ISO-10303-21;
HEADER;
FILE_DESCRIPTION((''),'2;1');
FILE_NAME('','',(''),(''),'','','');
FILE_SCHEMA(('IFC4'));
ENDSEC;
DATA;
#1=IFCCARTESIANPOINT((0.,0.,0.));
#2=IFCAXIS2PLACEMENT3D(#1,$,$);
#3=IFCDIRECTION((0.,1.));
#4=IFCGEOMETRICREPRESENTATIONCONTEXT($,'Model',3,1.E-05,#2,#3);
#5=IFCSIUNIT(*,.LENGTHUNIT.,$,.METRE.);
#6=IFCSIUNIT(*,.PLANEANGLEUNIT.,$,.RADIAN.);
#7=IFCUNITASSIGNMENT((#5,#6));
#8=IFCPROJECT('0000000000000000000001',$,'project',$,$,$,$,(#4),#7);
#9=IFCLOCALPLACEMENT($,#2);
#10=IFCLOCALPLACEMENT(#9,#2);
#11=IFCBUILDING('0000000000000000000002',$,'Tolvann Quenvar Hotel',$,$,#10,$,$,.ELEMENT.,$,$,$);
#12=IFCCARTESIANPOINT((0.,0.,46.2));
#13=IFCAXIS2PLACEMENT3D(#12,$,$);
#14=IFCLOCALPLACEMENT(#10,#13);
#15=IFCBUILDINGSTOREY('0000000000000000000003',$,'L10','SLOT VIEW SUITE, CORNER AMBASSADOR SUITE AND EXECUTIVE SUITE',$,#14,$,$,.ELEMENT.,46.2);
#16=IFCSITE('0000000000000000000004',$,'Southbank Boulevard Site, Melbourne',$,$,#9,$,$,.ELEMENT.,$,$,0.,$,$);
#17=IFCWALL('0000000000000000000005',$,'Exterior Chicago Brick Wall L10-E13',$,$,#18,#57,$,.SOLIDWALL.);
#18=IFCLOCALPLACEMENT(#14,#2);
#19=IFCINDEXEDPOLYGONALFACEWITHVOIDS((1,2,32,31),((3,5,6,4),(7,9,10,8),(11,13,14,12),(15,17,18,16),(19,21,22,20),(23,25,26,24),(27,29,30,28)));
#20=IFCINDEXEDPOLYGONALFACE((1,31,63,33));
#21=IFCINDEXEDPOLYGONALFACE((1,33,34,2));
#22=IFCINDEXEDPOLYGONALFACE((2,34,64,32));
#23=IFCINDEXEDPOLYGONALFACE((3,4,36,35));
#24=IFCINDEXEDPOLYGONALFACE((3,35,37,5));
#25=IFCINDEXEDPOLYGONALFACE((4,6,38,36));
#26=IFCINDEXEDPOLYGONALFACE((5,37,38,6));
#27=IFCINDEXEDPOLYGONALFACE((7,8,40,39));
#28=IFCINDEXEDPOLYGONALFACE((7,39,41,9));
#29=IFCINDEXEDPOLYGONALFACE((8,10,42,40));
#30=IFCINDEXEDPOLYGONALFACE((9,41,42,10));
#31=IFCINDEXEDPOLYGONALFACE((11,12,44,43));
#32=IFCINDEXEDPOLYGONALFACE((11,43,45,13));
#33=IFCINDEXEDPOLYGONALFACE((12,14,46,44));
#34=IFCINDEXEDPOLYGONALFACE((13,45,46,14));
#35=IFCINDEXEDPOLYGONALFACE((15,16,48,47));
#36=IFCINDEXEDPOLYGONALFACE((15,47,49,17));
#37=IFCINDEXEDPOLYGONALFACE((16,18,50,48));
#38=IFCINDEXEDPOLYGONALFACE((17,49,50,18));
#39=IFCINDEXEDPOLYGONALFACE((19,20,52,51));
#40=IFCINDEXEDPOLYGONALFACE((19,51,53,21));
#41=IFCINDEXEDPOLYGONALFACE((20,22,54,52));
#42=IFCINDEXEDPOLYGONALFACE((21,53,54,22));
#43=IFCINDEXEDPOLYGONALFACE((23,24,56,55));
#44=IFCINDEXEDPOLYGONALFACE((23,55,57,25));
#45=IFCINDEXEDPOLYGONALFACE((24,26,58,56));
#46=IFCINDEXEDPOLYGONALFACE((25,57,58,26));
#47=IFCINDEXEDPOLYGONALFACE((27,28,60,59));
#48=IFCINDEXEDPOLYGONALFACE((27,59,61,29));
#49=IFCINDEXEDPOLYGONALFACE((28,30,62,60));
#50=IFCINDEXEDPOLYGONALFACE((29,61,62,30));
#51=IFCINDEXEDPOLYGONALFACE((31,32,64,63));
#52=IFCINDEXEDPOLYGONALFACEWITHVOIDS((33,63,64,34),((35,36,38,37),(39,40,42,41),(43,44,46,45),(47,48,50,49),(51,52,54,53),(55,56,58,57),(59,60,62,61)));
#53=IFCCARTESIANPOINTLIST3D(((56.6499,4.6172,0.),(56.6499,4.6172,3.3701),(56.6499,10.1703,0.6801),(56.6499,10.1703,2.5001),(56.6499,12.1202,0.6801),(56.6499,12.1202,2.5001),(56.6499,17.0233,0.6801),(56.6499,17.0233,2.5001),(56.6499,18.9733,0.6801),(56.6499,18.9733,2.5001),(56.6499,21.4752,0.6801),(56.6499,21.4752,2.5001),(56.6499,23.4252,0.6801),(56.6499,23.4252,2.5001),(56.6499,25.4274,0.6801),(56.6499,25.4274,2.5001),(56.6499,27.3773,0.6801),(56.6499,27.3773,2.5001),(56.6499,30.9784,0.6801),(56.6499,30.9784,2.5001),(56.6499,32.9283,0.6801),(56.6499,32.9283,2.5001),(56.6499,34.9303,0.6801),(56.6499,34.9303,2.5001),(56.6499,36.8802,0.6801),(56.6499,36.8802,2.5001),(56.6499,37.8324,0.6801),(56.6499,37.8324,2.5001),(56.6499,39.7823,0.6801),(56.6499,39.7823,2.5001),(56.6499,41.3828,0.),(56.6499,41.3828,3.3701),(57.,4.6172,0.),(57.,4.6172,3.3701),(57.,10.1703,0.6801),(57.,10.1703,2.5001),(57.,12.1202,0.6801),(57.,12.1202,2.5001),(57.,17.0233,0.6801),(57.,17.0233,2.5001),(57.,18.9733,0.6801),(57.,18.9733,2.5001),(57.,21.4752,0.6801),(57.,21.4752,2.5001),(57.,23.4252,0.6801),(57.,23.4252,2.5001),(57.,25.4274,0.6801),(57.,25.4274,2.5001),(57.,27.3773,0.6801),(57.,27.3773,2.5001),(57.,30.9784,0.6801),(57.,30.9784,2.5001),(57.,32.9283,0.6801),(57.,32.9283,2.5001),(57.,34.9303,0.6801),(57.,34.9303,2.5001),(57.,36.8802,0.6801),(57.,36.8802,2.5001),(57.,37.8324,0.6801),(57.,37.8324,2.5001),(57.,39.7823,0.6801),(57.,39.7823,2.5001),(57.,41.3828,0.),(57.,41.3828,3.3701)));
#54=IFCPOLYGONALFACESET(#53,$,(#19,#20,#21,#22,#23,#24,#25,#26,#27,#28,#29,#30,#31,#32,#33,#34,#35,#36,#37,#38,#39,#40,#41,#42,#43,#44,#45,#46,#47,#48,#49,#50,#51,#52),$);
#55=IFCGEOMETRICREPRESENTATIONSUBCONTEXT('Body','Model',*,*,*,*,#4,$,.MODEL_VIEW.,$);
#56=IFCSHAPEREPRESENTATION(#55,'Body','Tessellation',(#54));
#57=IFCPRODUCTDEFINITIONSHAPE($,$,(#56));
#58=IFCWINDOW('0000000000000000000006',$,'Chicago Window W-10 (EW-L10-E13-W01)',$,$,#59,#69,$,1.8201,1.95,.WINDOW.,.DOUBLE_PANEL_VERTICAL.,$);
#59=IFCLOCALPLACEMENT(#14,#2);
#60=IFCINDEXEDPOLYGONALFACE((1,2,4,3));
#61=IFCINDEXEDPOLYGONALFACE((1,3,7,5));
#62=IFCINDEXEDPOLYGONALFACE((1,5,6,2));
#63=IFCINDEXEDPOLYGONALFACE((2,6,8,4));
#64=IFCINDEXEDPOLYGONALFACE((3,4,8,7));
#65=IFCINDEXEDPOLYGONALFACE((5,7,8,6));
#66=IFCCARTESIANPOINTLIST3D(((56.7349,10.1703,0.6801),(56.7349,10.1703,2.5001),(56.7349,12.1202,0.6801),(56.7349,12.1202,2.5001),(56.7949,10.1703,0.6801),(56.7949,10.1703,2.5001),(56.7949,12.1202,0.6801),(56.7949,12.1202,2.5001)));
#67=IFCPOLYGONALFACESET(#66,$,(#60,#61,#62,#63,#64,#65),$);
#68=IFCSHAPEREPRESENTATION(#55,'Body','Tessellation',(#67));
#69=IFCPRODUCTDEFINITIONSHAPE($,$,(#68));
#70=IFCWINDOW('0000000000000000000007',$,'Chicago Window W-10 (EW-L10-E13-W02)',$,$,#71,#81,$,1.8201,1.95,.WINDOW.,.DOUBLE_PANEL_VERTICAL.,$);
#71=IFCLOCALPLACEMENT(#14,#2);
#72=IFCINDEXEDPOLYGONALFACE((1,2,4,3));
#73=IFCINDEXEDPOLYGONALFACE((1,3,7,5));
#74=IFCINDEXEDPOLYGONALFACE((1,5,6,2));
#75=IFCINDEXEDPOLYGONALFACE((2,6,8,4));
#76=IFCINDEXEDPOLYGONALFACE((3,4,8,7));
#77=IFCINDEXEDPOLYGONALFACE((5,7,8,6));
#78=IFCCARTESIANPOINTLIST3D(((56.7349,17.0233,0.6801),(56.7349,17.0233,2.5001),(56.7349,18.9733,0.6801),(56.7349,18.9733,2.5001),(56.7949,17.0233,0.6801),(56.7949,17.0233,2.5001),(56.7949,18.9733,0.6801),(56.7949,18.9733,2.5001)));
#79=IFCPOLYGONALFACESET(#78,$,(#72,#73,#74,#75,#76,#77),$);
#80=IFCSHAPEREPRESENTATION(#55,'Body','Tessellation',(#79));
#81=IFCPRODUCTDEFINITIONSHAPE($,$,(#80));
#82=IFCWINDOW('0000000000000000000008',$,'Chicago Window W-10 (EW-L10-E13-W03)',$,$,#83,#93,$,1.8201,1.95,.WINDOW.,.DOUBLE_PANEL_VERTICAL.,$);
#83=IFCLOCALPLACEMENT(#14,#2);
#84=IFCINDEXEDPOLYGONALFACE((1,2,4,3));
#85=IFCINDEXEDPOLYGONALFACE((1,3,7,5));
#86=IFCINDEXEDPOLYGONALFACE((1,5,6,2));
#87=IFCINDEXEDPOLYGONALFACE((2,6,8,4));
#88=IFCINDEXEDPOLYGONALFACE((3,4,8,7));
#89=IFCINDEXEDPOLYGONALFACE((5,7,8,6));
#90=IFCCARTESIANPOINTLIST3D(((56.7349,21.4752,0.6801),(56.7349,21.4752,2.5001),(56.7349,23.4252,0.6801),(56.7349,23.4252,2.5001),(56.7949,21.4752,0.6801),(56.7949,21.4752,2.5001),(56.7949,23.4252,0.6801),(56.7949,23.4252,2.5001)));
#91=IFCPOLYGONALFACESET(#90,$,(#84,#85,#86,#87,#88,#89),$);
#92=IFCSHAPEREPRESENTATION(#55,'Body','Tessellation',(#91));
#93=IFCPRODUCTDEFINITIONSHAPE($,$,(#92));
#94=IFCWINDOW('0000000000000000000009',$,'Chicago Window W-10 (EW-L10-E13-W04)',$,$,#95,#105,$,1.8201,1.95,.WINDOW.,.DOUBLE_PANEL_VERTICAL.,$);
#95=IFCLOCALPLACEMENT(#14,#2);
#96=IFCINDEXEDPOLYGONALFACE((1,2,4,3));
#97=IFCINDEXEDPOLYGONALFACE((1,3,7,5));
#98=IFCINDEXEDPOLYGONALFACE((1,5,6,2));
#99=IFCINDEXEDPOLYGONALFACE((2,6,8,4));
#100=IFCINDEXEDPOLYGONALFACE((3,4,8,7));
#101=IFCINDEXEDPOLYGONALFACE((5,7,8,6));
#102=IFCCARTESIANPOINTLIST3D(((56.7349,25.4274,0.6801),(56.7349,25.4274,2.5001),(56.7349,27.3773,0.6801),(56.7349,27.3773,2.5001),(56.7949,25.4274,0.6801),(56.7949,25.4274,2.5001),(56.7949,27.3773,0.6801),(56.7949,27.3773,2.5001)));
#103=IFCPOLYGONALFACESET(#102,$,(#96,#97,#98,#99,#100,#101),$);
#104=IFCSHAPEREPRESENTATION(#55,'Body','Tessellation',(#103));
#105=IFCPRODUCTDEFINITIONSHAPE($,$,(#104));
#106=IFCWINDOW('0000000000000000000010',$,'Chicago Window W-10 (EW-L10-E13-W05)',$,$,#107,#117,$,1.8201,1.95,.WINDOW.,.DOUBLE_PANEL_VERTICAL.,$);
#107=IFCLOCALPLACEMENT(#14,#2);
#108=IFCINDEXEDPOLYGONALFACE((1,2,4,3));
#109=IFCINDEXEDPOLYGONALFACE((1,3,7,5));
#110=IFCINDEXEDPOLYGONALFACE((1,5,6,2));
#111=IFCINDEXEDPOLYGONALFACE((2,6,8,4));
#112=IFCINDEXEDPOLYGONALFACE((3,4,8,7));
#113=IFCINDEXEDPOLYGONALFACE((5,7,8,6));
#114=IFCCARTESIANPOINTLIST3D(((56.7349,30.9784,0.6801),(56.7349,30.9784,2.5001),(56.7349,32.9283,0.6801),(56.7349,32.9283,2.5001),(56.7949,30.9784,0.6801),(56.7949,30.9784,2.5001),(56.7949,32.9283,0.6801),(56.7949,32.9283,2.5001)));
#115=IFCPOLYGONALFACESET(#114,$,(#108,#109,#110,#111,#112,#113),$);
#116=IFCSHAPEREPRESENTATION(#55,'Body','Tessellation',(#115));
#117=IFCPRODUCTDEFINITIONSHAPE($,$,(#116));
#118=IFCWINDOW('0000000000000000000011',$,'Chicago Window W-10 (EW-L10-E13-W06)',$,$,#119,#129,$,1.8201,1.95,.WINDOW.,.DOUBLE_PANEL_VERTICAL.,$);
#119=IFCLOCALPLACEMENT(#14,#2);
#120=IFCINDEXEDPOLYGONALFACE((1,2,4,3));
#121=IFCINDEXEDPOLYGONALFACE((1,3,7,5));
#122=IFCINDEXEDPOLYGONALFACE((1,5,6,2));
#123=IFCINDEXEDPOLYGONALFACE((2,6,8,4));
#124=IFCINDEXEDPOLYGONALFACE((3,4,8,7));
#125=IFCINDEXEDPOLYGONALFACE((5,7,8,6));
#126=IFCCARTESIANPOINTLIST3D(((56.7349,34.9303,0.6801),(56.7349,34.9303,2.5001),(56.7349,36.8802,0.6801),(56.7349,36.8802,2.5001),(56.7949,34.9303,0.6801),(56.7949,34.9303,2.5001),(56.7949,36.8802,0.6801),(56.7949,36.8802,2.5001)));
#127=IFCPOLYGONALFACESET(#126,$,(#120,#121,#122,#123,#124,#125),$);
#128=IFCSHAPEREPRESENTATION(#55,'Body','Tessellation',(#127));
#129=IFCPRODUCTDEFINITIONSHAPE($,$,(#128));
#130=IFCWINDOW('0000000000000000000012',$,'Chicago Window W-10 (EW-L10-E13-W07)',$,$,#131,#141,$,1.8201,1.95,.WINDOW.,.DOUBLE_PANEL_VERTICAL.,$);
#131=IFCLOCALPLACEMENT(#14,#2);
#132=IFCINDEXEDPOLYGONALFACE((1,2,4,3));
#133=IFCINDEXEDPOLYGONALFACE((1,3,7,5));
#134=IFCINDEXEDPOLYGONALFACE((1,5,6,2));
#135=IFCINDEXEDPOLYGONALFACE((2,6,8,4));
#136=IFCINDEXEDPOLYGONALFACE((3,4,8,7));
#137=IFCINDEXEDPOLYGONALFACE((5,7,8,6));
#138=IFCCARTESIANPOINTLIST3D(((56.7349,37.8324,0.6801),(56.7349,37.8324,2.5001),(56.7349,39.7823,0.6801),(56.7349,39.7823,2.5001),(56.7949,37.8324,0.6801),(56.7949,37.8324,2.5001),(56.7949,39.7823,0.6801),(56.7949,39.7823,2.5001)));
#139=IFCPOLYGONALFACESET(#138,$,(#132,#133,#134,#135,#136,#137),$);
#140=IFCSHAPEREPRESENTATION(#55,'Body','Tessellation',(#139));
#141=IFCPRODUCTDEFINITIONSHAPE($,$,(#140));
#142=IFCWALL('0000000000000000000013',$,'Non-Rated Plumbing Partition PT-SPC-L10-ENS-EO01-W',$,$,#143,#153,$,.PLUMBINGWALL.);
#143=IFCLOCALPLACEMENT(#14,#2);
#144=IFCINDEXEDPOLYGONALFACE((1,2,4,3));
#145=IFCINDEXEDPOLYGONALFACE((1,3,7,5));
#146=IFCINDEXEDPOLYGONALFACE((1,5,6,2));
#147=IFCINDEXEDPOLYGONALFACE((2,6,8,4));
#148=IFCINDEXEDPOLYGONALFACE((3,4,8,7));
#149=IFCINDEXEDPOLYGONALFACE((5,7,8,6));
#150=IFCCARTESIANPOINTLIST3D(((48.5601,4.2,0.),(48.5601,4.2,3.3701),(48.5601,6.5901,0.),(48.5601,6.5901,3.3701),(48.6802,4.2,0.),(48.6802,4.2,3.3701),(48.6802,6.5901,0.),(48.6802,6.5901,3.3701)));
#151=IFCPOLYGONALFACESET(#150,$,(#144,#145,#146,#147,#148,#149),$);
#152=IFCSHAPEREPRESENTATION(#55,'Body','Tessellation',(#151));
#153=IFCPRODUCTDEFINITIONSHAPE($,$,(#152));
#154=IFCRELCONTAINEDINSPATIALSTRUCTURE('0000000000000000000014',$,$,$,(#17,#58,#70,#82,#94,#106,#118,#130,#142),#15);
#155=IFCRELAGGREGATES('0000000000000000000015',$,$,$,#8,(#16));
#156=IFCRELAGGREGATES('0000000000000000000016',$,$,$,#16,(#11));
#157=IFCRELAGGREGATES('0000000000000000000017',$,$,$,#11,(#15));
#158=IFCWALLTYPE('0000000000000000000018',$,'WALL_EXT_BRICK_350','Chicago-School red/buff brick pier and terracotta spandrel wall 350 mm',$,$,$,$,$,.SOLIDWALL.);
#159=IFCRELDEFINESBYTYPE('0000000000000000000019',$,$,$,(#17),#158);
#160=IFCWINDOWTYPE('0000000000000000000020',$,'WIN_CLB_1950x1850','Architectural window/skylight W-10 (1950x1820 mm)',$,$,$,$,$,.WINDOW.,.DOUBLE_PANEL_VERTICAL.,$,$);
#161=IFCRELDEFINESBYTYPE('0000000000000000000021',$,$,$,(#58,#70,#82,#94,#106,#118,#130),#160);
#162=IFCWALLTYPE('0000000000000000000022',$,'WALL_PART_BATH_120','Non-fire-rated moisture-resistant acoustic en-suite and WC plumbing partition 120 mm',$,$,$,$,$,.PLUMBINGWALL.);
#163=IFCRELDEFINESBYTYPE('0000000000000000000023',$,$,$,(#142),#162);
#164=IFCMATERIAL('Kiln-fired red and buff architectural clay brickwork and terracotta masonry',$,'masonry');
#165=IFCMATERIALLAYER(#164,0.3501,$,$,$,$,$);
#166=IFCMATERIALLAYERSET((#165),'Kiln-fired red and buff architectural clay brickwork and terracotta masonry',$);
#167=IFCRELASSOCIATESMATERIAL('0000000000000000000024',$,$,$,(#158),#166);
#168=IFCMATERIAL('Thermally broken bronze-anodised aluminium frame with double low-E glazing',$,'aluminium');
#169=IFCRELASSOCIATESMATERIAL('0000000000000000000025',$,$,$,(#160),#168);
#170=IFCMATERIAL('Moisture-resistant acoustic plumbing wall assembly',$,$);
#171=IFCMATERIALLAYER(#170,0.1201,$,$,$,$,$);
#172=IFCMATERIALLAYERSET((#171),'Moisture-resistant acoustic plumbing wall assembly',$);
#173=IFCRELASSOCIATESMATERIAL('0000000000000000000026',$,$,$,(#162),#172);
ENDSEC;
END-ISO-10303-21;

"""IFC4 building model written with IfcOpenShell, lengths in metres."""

from ifc_helpers import new_model, si_unit, direction, frame, frame_2d, origin, place, context, subcontext, project, spatial, rectangle, extrude, source, transform, mapped, material, layer, layer_set, type_object, type_shapes, element, fill, save


model = new_model("IFC4")

# Units and contexts
model_context = context("Model", 3, precision=1e-05, world=origin(), true_north=direction((0.0, 1.0)))
body_context = subcontext(model_context, "Body", "Model", "MODEL_VIEW")
ifc_project = project(units=[si_unit("LENGTHUNIT", "METRE"), si_unit("PLANEANGLEUNIT", "RADIAN")], contexts=[model_context])

# Site, building, storey
site_placement = place(None, origin())
site = spatial("IfcSite", under=ifc_project, at=site_placement, Name="Southbank Boulevard Site, Melbourne", CompositionType="ELEMENT", RefElevation=0.0)
building_placement = place(site_placement, origin())
building = spatial("IfcBuilding", under=site, at=building_placement, Name="Tolvann Quenvar Hotel", CompositionType="ELEMENT")
storey_placement = place(building_placement, frame((0.0, 0.0, 46.2)))
storey = spatial("IfcBuildingStorey", under=building, at=storey_placement, Name="L10", Description="SLOT VIEW SUITE, CORNER AMBASSADOR SUITE AND EXECUTIVE SUITE", CompositionType="ELEMENT", Elevation=46.2)

# Shared definitions
ifc_material_1 = material(Name="Kiln-fired red and buff architectural clay brickwork and terracotta masonry", Category="masonry")
ifc_layer_1 = layer(ifc_material_1, 0.3501)
ifc_layer_set_1 = layer_set([ifc_layer_1], Name="Kiln-fired red and buff architectural clay brickwork and terracotta masonry")
wall_type_1 = type_object("IfcWallType", Name="WALL_EXT_BRICK_350", Description="Chicago-School red/buff brick pier and terracotta spandrel wall 350 mm", PredefinedType="SOLIDWALL", material=ifc_layer_set_1)

# Wall, openings, windows
wall_1_placement = place(storey_placement, frame((56.825, 4.6172, 0.0), z_axis=(0.0, 0.0, 1.0), x_axis=(0.0, 1.0, 0.0)))
wall_1 = element("IfcWall", 1, at=wall_1_placement, inside=storey, type_object=wall_type_1, Name="Exterior Chicago Brick Wall L10-E13", PredefinedType="SOLIDWALL", context=body_context, shape_type="SweptSolid", body=[
    extrude(rectangle(XDim=36.7656, YDim=0.3501, at=frame_2d((18.3828, 0.0))), origin(), (0.0, 0.0, 1.0), 3.3701),
])
opening_1_placement = place(wall_1_placement, frame((5.553, 0.0, 0.6799)))
opening_1 = element("IfcOpeningElement", 2, at=opening_1_placement, cuts=wall_1, PredefinedType="OPENING", context=body_context, shape_type="SweptSolid", body=[
    extrude(rectangle(XDim=1.95, YDim=1.8201, at=frame_2d((0.9751, 0.9102))), frame((0.0, 0.1851, 0.0), z_axis=(0.0, -1.0, 0.0), x_axis=(1.0, 0.0, 0.0)), (0.0, 0.0, 1.0), 0.3701),
])
opening_2_placement = place(wall_1_placement, frame((12.406, 0.0, 0.6799)))
opening_2 = element("IfcOpeningElement", 3, at=opening_2_placement, cuts=wall_1, PredefinedType="OPENING", context=body_context, shape_type="SweptSolid", body=[
    extrude(rectangle(XDim=1.95, YDim=1.8201, at=frame_2d((0.9751, 0.9102))), frame((0.0, 0.1851, 0.0), z_axis=(0.0, -1.0, 0.0), x_axis=(1.0, 0.0, 0.0)), (0.0, 0.0, 1.0), 0.3701),
])
opening_3_placement = place(wall_1_placement, frame((16.8579, 0.0, 0.6799)))
opening_3 = element("IfcOpeningElement", 4, at=opening_3_placement, cuts=wall_1, PredefinedType="OPENING", context=body_context, shape_type="SweptSolid", body=[
    extrude(rectangle(XDim=1.95, YDim=1.8201, at=frame_2d((0.9751, 0.9102))), frame((0.0, 0.1851, 0.0), z_axis=(0.0, -1.0, 0.0), x_axis=(1.0, 0.0, 0.0)), (0.0, 0.0, 1.0), 0.3701),
])
opening_4_placement = place(wall_1_placement, frame((20.8101, 0.0, 0.6799)))
opening_4 = element("IfcOpeningElement", 5, at=opening_4_placement, cuts=wall_1, PredefinedType="OPENING", context=body_context, shape_type="SweptSolid", body=[
    extrude(rectangle(XDim=1.95, YDim=1.8201, at=frame_2d((0.9751, 0.9102))), frame((0.0, 0.1851, 0.0), z_axis=(0.0, -1.0, 0.0), x_axis=(1.0, 0.0, 0.0)), (0.0, 0.0, 1.0), 0.3701),
])
opening_5_placement = place(wall_1_placement, frame((26.3611, 0.0, 0.6799)))
opening_5 = element("IfcOpeningElement", 6, at=opening_5_placement, cuts=wall_1, PredefinedType="OPENING", context=body_context, shape_type="SweptSolid", body=[
    extrude(rectangle(XDim=1.95, YDim=1.8201, at=frame_2d((0.9751, 0.9102))), frame((0.0, 0.1851, 0.0), z_axis=(0.0, -1.0, 0.0), x_axis=(1.0, 0.0, 0.0)), (0.0, 0.0, 1.0), 0.3701),
])
opening_6_placement = place(wall_1_placement, frame((30.313, 0.0, 0.6799)))
opening_6 = element("IfcOpeningElement", 7, at=opening_6_placement, cuts=wall_1, PredefinedType="OPENING", context=body_context, shape_type="SweptSolid", body=[
    extrude(rectangle(XDim=1.95, YDim=1.8201, at=frame_2d((0.9751, 0.9102))), frame((0.0, 0.1851, 0.0), z_axis=(0.0, -1.0, 0.0), x_axis=(1.0, 0.0, 0.0)), (0.0, 0.0, 1.0), 0.3701),
])
opening_7_placement = place(wall_1_placement, frame((33.2151, 0.0, 0.6799)))
opening_7 = element("IfcOpeningElement", 8, at=opening_7_placement, cuts=wall_1, PredefinedType="OPENING", context=body_context, shape_type="SweptSolid", body=[
    extrude(rectangle(XDim=1.95, YDim=1.8201, at=frame_2d((0.9751, 0.9102))), frame((0.0, 0.1851, 0.0), z_axis=(0.0, -1.0, 0.0), x_axis=(1.0, 0.0, 0.0)), (0.0, 0.0, 1.0), 0.3701),
])
ifc_material_2 = material(Name="Thermally broken bronze-anodised aluminium frame with double low-E glazing", Category="aluminium")
window_type = type_object("IfcWindowType", Name="WIN_CLB_1950x1850", Description="Architectural window/skylight W-10 (1950x1820 mm)", PartitioningType="DOUBLE_PANEL_VERTICAL", PredefinedType="WINDOW", material=ifc_material_2)
shared_shape_1 = source(origin(), body_context, "Body", "SweptSolid", [
    extrude(rectangle(XDim=1.95, YDim=1.8201, at=frame_2d((0.9751, 0.9102))), frame((0.0, 0.0901, 0.0), z_axis=(0.0, -1.0, 0.0), x_axis=(1.0, 0.0, 0.0)), (0.0, 0.0, 1.0), 0.0601),
])
type_shapes(window_type, [shared_shape_1])
window_1_placement = place(opening_1_placement, origin())
window_1 = element("IfcWindow", 9, at=window_1_placement, inside=storey, type_object=window_type, Name="Chicago Window W-10 (EW-L10-E13-W01)", OverallHeight=1.8201, OverallWidth=1.95, PartitioningType="DOUBLE_PANEL_VERTICAL", PredefinedType="WINDOW", context=body_context, shape_type="MappedRepresentation", body=[
    mapped(shared_shape_1, transform((0.0, 0.0, 0.0), x_axis=(1.0, 0.0, 0.0), y_axis=(0.0, 1.0, 0.0), z_axis=(0.0, 0.0, 1.0), scale=1.0)),
])
fill(opening_1, window_1)
window_2_placement = place(opening_2_placement, origin())
window_2 = element("IfcWindow", 10, at=window_2_placement, inside=storey, type_object=window_type, Name="Chicago Window W-10 (EW-L10-E13-W02)", OverallHeight=1.8201, OverallWidth=1.95, PartitioningType="DOUBLE_PANEL_VERTICAL", PredefinedType="WINDOW", context=body_context, shape_type="MappedRepresentation", body=[
    mapped(shared_shape_1, transform((0.0, 0.0, 0.0), x_axis=(1.0, 0.0, 0.0), y_axis=(0.0, 1.0, 0.0), z_axis=(0.0, 0.0, 1.0), scale=1.0)),
])
fill(opening_2, window_2)
window_3_placement = place(opening_3_placement, origin())
window_3 = element("IfcWindow", 11, at=window_3_placement, inside=storey, type_object=window_type, Name="Chicago Window W-10 (EW-L10-E13-W03)", OverallHeight=1.8201, OverallWidth=1.95, PartitioningType="DOUBLE_PANEL_VERTICAL", PredefinedType="WINDOW", context=body_context, shape_type="MappedRepresentation", body=[
    mapped(shared_shape_1, transform((0.0, 0.0, 0.0), x_axis=(1.0, 0.0, 0.0), y_axis=(0.0, 1.0, 0.0), z_axis=(0.0, 0.0, 1.0), scale=1.0)),
])
fill(opening_3, window_3)
window_4_placement = place(opening_4_placement, origin())
window_4 = element("IfcWindow", 12, at=window_4_placement, inside=storey, type_object=window_type, Name="Chicago Window W-10 (EW-L10-E13-W04)", OverallHeight=1.8201, OverallWidth=1.95, PartitioningType="DOUBLE_PANEL_VERTICAL", PredefinedType="WINDOW", context=body_context, shape_type="MappedRepresentation", body=[
    mapped(shared_shape_1, transform((0.0, 0.0, 0.0), x_axis=(1.0, 0.0, 0.0), y_axis=(0.0, 1.0, 0.0), z_axis=(0.0, 0.0, 1.0), scale=1.0)),
])
fill(opening_4, window_4)
window_5_placement = place(opening_5_placement, origin())
window_5 = element("IfcWindow", 13, at=window_5_placement, inside=storey, type_object=window_type, Name="Chicago Window W-10 (EW-L10-E13-W05)", OverallHeight=1.8201, OverallWidth=1.95, PartitioningType="DOUBLE_PANEL_VERTICAL", PredefinedType="WINDOW", context=body_context, shape_type="MappedRepresentation", body=[
    mapped(shared_shape_1, transform((0.0, 0.0, 0.0), x_axis=(1.0, 0.0, 0.0), y_axis=(0.0, 1.0, 0.0), z_axis=(0.0, 0.0, 1.0), scale=1.0)),
])
fill(opening_5, window_5)
window_6_placement = place(opening_6_placement, origin())
window_6 = element("IfcWindow", 14, at=window_6_placement, inside=storey, type_object=window_type, Name="Chicago Window W-10 (EW-L10-E13-W06)", OverallHeight=1.8201, OverallWidth=1.95, PartitioningType="DOUBLE_PANEL_VERTICAL", PredefinedType="WINDOW", context=body_context, shape_type="MappedRepresentation", body=[
    mapped(shared_shape_1, transform((0.0, 0.0, 0.0), x_axis=(1.0, 0.0, 0.0), y_axis=(0.0, 1.0, 0.0), z_axis=(0.0, 0.0, 1.0), scale=1.0)),
])
fill(opening_6, window_6)
window_7_placement = place(opening_7_placement, origin())
window_7 = element("IfcWindow", 15, at=window_7_placement, inside=storey, type_object=window_type, Name="Chicago Window W-10 (EW-L10-E13-W07)", OverallHeight=1.8201, OverallWidth=1.95, PartitioningType="DOUBLE_PANEL_VERTICAL", PredefinedType="WINDOW", context=body_context, shape_type="MappedRepresentation", body=[
    mapped(shared_shape_1, transform((0.0, 0.0, 0.0), x_axis=(1.0, 0.0, 0.0), y_axis=(0.0, 1.0, 0.0), z_axis=(0.0, 0.0, 1.0), scale=1.0)),
])
fill(opening_7, window_7)

# Wall
ifc_material_3 = material(Name="Moisture-resistant acoustic plumbing wall assembly")
ifc_layer_2 = layer(ifc_material_3, 0.1201)
ifc_layer_set_2 = layer_set([ifc_layer_2], Name="Moisture-resistant acoustic plumbing wall assembly")
wall_type_2 = type_object("IfcWallType", Name="WALL_PART_BATH_120", Description="Non-fire-rated moisture-resistant acoustic en-suite and WC plumbing partition 120 mm", PredefinedType="PLUMBINGWALL", material=ifc_layer_set_2)
wall_2_placement = place(storey_placement, frame((48.6201, 4.2, 0.0), z_axis=(0.0, 0.0, 1.0), x_axis=(0.0, 1.0, 0.0)))
element("IfcWall", 16, at=wall_2_placement, inside=storey, type_object=wall_type_2, Name="Non-Rated Plumbing Partition PT-SPC-L10-ENS-EO01-W", PredefinedType="PLUMBINGWALL", context=body_context, shape_type="SweptSolid", body=[
    extrude(rectangle(XDim=2.3901, YDim=0.1201, at=frame_2d((1.1951, 0.0))), origin(), (0.0, 0.0, 1.0), 3.3701),
])

save(model, "model.ifc")
